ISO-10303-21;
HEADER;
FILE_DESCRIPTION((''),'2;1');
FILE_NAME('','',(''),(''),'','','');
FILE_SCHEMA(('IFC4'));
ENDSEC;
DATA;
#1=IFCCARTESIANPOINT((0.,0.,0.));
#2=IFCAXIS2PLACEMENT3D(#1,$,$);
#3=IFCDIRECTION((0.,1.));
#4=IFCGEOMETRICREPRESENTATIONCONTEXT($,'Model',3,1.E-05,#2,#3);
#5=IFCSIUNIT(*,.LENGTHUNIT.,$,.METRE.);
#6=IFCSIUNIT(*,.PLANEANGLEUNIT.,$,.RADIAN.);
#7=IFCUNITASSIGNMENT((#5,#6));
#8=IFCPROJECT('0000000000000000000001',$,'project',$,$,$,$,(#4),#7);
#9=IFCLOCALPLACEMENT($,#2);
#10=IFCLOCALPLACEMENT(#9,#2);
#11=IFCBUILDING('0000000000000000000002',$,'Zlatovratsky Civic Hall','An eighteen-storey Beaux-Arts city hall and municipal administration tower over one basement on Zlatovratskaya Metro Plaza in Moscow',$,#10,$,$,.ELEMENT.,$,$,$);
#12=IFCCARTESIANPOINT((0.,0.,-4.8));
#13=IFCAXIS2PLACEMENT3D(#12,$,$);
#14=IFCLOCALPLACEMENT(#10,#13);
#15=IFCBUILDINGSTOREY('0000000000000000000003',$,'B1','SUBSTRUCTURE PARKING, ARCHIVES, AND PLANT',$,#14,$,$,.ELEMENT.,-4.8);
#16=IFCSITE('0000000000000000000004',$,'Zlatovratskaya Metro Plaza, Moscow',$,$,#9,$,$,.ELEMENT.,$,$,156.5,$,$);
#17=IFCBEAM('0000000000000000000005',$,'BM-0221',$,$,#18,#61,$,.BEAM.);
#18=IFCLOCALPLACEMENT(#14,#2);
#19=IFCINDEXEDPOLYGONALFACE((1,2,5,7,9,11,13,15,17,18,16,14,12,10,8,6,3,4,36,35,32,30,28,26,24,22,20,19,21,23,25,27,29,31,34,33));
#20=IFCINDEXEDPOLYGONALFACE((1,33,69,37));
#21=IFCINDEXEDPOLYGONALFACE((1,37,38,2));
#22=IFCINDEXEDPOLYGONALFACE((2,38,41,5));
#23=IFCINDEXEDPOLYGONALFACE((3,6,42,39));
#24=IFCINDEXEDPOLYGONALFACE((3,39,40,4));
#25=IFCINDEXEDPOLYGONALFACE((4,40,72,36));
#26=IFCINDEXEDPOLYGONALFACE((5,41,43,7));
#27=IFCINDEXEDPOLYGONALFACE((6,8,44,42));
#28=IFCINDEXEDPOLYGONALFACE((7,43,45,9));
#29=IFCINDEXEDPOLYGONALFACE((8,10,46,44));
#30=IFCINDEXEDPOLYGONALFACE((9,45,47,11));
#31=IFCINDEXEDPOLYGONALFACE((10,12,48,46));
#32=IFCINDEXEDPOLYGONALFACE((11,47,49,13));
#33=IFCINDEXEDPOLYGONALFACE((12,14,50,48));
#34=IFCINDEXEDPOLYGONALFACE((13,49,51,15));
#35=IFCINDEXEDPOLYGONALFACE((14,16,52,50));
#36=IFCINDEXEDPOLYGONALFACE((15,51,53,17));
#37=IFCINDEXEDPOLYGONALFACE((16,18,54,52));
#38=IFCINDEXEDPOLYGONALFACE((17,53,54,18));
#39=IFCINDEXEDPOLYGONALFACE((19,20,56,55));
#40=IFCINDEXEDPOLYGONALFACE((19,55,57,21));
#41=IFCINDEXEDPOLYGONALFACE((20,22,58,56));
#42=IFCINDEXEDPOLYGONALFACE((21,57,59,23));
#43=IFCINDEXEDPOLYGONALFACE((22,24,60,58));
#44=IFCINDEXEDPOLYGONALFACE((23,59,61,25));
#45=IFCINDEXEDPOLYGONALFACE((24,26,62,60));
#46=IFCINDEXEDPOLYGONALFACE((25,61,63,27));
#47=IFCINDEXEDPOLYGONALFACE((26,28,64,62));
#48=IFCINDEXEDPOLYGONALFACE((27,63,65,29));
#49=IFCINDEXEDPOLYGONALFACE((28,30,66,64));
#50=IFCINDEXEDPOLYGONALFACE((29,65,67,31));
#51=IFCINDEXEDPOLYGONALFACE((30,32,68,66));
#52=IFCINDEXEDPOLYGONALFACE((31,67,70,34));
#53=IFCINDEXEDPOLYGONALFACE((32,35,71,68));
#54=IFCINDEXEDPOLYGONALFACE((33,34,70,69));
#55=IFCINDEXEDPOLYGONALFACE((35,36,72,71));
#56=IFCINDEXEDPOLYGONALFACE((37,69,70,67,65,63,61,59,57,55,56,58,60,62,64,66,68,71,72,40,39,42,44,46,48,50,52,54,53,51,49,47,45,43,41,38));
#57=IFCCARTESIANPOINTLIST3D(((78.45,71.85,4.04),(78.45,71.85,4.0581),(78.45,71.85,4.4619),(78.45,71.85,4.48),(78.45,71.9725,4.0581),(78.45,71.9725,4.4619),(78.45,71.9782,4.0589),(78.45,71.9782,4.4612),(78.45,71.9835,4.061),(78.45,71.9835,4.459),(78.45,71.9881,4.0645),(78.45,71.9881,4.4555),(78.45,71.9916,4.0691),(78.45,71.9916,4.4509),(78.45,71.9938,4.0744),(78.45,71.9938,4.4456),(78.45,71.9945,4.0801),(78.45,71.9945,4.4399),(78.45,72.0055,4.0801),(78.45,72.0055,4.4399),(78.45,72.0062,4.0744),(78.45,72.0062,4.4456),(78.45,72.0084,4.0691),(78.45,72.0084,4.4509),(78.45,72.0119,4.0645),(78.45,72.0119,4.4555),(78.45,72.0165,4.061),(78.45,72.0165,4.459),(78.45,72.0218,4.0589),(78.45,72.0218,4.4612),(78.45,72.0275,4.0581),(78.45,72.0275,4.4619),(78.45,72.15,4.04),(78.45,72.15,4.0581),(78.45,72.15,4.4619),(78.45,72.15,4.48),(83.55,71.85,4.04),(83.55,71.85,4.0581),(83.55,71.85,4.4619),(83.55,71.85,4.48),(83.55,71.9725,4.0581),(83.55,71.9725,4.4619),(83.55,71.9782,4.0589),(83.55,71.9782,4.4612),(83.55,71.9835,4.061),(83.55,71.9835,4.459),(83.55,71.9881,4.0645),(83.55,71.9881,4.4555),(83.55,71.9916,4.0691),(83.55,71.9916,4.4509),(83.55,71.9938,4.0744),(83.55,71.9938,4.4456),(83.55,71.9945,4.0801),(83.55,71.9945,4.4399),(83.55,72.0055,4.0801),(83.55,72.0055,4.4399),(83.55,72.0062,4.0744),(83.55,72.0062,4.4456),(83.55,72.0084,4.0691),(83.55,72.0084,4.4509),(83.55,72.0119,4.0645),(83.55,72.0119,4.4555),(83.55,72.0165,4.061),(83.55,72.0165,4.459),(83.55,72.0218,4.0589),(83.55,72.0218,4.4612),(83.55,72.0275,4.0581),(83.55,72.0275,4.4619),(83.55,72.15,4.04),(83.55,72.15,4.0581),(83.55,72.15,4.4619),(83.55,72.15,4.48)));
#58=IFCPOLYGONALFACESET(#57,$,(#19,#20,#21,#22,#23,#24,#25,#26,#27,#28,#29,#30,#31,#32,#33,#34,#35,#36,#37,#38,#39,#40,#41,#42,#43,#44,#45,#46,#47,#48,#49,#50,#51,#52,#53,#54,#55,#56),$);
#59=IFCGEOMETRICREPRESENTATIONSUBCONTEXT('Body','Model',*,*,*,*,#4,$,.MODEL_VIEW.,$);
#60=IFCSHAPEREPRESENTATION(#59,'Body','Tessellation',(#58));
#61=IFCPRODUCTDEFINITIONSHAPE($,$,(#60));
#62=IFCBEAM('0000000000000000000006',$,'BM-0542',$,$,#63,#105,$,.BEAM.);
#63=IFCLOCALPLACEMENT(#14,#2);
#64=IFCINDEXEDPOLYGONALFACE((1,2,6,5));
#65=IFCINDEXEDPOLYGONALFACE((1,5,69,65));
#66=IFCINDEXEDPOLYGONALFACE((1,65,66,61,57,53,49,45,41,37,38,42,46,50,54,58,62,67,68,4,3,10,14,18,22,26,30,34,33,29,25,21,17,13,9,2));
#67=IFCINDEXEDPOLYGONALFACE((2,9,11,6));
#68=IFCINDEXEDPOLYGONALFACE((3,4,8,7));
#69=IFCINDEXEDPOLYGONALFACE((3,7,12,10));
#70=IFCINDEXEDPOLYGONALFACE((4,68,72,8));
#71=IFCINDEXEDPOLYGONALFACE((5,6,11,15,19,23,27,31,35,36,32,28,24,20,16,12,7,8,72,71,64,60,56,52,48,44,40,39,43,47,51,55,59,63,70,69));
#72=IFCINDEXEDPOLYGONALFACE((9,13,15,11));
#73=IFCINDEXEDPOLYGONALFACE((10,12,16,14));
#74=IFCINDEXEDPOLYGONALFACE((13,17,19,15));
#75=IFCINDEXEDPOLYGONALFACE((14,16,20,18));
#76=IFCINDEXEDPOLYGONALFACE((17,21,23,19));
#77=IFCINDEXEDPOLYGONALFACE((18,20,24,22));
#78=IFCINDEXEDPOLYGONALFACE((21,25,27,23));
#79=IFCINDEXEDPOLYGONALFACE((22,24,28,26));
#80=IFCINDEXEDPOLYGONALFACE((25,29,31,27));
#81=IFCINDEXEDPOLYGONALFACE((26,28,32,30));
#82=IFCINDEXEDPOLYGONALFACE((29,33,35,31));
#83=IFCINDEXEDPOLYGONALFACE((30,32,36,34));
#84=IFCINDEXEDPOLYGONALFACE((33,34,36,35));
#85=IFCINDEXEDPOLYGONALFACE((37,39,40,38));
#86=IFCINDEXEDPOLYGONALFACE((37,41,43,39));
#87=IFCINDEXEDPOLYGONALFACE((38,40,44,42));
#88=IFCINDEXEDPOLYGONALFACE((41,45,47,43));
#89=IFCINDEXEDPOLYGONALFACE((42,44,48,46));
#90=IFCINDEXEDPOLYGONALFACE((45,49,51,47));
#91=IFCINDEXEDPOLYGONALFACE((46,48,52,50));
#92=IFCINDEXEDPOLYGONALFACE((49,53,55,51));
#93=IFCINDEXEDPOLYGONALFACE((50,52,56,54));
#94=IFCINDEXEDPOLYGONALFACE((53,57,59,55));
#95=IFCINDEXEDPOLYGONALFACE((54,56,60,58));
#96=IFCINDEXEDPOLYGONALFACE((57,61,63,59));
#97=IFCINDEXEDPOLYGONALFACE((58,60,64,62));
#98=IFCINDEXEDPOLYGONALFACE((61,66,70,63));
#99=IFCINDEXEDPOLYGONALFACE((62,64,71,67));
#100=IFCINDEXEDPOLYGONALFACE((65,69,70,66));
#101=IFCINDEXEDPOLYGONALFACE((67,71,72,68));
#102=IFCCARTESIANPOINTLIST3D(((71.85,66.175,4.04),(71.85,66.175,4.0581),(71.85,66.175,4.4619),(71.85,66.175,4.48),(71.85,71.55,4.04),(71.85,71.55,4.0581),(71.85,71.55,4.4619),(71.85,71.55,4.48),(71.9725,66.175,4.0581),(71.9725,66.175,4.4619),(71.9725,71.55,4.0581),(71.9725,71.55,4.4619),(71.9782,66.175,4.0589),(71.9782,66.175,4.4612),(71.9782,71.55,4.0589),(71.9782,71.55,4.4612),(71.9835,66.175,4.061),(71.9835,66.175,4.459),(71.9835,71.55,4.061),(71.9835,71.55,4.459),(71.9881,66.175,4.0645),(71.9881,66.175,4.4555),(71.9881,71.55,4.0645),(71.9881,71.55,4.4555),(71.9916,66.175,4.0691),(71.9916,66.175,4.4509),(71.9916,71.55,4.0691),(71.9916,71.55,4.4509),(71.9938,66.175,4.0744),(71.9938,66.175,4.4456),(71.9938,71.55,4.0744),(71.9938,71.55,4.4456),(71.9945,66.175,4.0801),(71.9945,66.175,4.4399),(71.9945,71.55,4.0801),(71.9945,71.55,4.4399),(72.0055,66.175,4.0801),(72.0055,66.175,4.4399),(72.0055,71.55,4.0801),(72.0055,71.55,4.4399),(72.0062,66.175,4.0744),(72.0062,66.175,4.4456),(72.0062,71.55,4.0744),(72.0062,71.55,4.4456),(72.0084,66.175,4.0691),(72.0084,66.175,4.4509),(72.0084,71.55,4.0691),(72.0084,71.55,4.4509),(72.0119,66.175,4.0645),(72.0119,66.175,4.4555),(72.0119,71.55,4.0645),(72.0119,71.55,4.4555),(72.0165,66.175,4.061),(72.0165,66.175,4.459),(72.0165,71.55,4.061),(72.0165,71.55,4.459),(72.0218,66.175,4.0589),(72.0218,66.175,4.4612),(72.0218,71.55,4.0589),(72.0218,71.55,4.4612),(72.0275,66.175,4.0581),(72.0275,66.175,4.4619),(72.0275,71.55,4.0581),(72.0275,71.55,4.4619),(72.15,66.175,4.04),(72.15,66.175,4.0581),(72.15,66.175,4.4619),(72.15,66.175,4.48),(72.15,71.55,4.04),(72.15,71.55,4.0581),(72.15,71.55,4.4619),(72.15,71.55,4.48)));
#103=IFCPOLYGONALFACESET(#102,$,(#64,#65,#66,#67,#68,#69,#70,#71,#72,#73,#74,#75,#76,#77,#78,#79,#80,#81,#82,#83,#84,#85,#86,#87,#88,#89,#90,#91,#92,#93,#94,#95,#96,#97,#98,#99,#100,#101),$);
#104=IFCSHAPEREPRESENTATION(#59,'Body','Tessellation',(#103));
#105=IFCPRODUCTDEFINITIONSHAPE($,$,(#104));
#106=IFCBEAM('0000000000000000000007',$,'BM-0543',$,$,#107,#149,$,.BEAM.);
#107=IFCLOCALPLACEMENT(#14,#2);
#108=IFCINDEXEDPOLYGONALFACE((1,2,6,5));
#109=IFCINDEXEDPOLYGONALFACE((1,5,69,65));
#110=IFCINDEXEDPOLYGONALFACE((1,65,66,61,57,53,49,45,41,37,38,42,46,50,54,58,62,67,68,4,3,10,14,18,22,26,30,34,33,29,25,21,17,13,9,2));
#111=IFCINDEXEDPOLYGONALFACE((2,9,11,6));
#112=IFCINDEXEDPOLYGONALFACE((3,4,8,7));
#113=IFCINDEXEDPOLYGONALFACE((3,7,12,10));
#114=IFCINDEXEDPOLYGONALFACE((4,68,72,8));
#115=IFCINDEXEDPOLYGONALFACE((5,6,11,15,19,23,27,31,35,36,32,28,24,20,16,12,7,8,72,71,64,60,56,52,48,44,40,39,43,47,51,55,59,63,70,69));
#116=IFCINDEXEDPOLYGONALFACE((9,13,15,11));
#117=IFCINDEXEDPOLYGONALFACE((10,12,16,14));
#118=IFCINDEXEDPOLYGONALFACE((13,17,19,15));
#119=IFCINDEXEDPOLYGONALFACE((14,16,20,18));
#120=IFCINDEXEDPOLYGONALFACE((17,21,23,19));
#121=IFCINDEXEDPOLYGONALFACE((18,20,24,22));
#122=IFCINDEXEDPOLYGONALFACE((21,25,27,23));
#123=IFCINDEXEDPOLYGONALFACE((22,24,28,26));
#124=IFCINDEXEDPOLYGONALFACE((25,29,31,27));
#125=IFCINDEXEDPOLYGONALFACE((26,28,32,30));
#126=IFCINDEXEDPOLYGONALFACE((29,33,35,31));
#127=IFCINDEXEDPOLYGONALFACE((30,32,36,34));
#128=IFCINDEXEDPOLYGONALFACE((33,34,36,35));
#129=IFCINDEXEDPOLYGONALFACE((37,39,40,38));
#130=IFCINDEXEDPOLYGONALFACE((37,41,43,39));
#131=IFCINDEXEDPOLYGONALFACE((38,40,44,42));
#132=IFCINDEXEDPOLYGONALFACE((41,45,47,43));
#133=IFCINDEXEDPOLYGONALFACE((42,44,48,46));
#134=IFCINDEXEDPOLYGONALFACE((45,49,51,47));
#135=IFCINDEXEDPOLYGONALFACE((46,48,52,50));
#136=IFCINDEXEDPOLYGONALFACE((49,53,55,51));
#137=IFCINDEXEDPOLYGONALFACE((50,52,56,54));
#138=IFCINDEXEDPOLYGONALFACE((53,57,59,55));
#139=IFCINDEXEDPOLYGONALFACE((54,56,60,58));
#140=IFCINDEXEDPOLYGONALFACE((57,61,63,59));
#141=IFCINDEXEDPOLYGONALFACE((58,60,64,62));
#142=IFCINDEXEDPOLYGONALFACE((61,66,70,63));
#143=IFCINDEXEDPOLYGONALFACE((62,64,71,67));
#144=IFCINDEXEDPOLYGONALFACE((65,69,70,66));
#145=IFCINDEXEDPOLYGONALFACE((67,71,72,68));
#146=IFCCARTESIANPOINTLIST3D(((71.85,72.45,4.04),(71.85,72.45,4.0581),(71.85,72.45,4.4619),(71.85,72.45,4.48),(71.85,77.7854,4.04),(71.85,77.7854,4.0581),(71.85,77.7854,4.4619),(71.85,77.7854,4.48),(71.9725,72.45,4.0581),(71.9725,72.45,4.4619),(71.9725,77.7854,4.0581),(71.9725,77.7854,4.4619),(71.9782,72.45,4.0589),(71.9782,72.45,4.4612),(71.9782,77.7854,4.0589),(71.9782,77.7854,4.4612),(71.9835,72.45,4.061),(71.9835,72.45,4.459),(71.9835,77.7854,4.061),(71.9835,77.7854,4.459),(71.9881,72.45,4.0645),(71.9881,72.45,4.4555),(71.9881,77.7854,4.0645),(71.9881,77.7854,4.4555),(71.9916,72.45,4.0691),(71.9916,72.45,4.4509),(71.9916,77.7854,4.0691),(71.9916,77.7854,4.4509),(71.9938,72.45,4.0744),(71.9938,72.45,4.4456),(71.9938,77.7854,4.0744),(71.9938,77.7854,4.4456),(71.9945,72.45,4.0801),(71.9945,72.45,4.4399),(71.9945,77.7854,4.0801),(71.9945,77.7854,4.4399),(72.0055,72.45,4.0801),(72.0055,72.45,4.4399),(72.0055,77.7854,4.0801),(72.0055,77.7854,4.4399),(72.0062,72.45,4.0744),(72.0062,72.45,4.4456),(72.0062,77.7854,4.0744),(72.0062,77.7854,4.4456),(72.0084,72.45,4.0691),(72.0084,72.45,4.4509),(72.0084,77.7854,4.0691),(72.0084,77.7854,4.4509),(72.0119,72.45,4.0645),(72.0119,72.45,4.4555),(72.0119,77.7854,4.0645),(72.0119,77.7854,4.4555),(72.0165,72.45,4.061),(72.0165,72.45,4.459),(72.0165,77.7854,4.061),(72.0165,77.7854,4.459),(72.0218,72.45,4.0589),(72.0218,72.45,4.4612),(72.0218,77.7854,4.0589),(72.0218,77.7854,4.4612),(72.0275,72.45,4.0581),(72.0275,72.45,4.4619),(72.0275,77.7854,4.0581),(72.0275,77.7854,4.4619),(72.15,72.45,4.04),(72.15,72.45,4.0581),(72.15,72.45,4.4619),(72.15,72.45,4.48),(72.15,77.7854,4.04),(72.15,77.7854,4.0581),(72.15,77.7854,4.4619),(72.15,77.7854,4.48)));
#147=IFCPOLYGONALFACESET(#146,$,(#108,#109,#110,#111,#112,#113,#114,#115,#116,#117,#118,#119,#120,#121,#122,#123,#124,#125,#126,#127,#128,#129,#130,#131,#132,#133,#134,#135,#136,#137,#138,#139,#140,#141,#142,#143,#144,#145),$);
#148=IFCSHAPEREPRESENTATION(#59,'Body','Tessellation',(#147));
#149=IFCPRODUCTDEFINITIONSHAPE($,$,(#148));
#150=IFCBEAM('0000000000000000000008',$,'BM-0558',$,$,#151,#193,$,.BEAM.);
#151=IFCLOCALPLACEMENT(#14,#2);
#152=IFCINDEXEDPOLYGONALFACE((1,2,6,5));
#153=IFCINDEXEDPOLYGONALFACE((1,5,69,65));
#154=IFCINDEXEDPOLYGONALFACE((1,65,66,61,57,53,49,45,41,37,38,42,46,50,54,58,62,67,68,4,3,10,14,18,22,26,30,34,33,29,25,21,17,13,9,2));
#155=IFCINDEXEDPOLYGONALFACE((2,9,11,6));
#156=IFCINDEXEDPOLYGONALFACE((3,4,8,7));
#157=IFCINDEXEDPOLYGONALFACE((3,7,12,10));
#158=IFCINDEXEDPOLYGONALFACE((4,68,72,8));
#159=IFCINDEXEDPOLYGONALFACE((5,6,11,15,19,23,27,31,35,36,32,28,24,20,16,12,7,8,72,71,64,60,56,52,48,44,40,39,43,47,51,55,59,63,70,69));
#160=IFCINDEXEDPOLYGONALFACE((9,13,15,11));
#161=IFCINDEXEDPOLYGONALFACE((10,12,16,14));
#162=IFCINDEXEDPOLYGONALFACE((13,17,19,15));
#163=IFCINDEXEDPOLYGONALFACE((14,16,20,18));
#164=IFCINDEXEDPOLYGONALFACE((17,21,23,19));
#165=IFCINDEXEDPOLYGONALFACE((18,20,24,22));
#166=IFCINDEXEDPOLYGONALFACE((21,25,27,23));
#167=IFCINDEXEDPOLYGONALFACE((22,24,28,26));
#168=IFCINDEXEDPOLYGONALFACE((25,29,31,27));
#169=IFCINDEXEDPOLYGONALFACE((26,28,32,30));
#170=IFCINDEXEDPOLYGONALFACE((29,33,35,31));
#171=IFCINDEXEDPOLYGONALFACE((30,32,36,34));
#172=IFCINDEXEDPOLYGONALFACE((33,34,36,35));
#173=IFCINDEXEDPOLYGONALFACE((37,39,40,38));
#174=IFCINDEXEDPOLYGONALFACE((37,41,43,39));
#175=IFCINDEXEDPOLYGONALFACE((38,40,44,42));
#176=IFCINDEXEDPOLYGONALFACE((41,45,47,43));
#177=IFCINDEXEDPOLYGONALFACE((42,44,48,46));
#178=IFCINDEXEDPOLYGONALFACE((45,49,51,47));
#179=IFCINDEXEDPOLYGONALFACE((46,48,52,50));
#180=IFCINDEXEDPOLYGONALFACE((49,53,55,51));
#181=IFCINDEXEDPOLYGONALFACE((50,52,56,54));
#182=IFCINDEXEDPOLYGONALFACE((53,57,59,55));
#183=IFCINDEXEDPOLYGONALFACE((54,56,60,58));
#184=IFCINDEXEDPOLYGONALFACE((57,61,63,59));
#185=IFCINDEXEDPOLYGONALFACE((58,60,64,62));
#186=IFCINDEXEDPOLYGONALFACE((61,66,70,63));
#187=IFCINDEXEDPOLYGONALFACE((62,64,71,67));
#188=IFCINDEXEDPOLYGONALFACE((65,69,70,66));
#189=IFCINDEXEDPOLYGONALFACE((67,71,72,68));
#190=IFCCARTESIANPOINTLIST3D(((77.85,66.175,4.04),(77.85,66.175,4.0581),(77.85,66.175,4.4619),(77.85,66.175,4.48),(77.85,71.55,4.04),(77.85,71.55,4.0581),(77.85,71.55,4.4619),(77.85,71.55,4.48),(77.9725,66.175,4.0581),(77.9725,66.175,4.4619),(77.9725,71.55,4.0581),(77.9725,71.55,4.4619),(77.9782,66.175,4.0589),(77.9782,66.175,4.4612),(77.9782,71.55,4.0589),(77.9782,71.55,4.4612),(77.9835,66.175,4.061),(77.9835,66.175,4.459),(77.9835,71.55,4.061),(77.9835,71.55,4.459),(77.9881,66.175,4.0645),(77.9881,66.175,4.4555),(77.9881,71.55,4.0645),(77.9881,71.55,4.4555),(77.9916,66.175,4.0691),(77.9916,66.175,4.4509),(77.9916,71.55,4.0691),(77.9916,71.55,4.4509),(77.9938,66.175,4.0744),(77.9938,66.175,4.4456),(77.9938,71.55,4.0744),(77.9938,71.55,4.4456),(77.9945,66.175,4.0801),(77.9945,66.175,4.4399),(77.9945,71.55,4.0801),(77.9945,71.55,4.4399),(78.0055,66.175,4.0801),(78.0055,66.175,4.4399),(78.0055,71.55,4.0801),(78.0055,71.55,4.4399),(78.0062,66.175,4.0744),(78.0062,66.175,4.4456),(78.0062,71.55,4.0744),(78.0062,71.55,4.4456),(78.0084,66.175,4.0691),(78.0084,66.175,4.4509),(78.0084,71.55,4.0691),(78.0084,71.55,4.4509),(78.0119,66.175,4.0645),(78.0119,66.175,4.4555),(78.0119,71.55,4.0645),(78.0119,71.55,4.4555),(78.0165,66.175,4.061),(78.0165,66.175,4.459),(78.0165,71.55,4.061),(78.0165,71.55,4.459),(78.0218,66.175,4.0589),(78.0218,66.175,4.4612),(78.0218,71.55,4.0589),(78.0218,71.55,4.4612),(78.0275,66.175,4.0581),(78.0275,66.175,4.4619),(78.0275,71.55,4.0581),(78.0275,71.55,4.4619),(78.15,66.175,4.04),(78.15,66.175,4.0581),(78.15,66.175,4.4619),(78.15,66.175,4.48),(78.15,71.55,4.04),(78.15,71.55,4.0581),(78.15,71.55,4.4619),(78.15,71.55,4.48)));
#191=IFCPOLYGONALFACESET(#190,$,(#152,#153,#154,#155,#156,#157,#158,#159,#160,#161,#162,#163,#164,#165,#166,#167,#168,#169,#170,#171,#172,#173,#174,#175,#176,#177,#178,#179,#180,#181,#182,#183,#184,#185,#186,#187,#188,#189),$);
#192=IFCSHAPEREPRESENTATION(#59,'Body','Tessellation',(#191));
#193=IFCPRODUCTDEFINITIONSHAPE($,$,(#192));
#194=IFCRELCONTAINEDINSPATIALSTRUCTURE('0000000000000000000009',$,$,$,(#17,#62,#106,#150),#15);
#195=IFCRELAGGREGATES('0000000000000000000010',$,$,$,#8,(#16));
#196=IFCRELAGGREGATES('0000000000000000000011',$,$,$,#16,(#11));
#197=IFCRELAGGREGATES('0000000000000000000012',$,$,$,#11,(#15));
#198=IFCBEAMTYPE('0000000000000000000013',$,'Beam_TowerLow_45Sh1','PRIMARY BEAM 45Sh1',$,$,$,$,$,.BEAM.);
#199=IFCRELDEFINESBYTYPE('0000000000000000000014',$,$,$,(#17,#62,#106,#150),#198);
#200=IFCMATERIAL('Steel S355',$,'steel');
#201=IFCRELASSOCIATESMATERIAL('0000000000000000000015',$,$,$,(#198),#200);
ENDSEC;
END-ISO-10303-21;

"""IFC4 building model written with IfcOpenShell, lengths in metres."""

from ifc_helpers import new_model, si_unit, direction, frame, origin, origin_2d, place, context, subcontext, project, spatial, i_section, extrude, material, material_profile, profile_set, type_object, element, save


model = new_model("IFC4")

# Units and contexts
model_context = context("Model", 3, precision=1e-05, world=origin(), true_north=direction((0.0, 1.0)))
body_context = subcontext(model_context, "Body", "Model", "MODEL_VIEW")
ifc_project = project(units=[si_unit("LENGTHUNIT", "METRE"), si_unit("PLANEANGLEUNIT", "RADIAN")], contexts=[model_context])

# Site, building, storey
site_placement = place(None, origin())
site = spatial("IfcSite", under=ifc_project, at=site_placement, Name="Zlatovratskaya Metro Plaza, Moscow", CompositionType="ELEMENT", RefElevation=156.5)
building_placement = place(site_placement, origin())
building = spatial("IfcBuilding", under=site, at=building_placement, Name="Zlatovratsky Civic Hall", Description="An eighteen-storey Beaux-Arts city hall and municipal administration tower over one basement on Zlatovratskaya Metro Plaza in Moscow", CompositionType="ELEMENT")
storey_placement = place(building_placement, frame((0.0, 0.0, -4.8)))
storey = spatial("IfcBuildingStorey", under=building, at=storey_placement, Name="B1", Description="SUBSTRUCTURE PARKING, ARCHIVES, AND PLANT", CompositionType="ELEMENT", Elevation=-4.8)

# Shared definitions
ifc_material_1 = material(Name="Steel S355", Category="steel")

# Beams
ifc_material_profile_1 = material_profile(ifc_material_1, i_section(OverallWidth=0.3, OverallDepth=0.4399, WebThickness=0.011, FlangeThickness=0.0181, FilletRadius=0.022, at=origin_2d()), Name="45Sh1")
ifc_profile_set_1 = profile_set([ifc_material_profile_1], Name="Steel S355")
beam_type = type_object("IfcBeamType", Name="Beam_TowerLow_45Sh1", Description="PRIMARY BEAM 45Sh1", PredefinedType="BEAM", material=ifc_profile_set_1)
for number, where, z_axis, x_axis, name in (
    (1, (78.45, 72.0, 4.26), (1.0, 0.0, 0.0), (0.0, 1.0, 0.0), "BM-0221"),
):
    element("IfcBeam", number, at=place(storey_placement, frame(where, z_axis=z_axis, x_axis=x_axis)), inside=storey, type_object=beam_type, Name=name, PredefinedType="BEAM", context=body_context, shape_type="SweptSolid", body=[
        extrude(i_section(OverallWidth=0.3, OverallDepth=0.4399, WebThickness=0.011, FlangeThickness=0.0181, FilletRadius=0.022, at=origin_2d()), origin(), (0.0, 0.0, 1.0), 5.1001),
    ])
beam_1_placement = place(storey_placement, frame((72.0, 66.175, 4.26), z_axis=(0.0, 1.0, 0.0), x_axis=(-1.0, 0.0, 0.0)))
element("IfcBeam", 2, at=beam_1_placement, inside=storey, type_object=beam_type, Name="BM-0542", PredefinedType="BEAM", context=body_context, shape_type="SweptSolid", body=[
    extrude(i_section(OverallWidth=0.3, OverallDepth=0.4399, WebThickness=0.011, FlangeThickness=0.0181, FilletRadius=0.022, at=origin_2d()), origin(), (0.0, 0.0, 1.0), 5.375),
])
beam_2_placement = place(storey_placement, frame((72.0, 72.45, 4.26), z_axis=(0.0, 1.0, 0.0), x_axis=(-1.0, 0.0, 0.0)))
element("IfcBeam", 3, at=beam_2_placement, inside=storey, type_object=beam_type, Name="BM-0543", PredefinedType="BEAM", context=body_context, shape_type="SweptSolid", body=[
    extrude(i_section(OverallWidth=0.3, OverallDepth=0.4399, WebThickness=0.011, FlangeThickness=0.0181, FilletRadius=0.022, at=origin_2d()), origin(), (0.0, 0.0, 1.0), 5.3354),
])
beam_3_placement = place(storey_placement, frame((78.0, 66.175, 4.26), z_axis=(0.0, 1.0, 0.0), x_axis=(-1.0, 0.0, 0.0)))
element("IfcBeam", 4, at=beam_3_placement, inside=storey, type_object=beam_type, Name="BM-0558", PredefinedType="BEAM", context=body_context, shape_type="SweptSolid", body=[
    extrude(i_section(OverallWidth=0.3, OverallDepth=0.4399, WebThickness=0.011, FlangeThickness=0.0181, FilletRadius=0.022, at=origin_2d()), origin(), (0.0, 0.0, 1.0), 5.375),
])

save(model, "model.ifc")
